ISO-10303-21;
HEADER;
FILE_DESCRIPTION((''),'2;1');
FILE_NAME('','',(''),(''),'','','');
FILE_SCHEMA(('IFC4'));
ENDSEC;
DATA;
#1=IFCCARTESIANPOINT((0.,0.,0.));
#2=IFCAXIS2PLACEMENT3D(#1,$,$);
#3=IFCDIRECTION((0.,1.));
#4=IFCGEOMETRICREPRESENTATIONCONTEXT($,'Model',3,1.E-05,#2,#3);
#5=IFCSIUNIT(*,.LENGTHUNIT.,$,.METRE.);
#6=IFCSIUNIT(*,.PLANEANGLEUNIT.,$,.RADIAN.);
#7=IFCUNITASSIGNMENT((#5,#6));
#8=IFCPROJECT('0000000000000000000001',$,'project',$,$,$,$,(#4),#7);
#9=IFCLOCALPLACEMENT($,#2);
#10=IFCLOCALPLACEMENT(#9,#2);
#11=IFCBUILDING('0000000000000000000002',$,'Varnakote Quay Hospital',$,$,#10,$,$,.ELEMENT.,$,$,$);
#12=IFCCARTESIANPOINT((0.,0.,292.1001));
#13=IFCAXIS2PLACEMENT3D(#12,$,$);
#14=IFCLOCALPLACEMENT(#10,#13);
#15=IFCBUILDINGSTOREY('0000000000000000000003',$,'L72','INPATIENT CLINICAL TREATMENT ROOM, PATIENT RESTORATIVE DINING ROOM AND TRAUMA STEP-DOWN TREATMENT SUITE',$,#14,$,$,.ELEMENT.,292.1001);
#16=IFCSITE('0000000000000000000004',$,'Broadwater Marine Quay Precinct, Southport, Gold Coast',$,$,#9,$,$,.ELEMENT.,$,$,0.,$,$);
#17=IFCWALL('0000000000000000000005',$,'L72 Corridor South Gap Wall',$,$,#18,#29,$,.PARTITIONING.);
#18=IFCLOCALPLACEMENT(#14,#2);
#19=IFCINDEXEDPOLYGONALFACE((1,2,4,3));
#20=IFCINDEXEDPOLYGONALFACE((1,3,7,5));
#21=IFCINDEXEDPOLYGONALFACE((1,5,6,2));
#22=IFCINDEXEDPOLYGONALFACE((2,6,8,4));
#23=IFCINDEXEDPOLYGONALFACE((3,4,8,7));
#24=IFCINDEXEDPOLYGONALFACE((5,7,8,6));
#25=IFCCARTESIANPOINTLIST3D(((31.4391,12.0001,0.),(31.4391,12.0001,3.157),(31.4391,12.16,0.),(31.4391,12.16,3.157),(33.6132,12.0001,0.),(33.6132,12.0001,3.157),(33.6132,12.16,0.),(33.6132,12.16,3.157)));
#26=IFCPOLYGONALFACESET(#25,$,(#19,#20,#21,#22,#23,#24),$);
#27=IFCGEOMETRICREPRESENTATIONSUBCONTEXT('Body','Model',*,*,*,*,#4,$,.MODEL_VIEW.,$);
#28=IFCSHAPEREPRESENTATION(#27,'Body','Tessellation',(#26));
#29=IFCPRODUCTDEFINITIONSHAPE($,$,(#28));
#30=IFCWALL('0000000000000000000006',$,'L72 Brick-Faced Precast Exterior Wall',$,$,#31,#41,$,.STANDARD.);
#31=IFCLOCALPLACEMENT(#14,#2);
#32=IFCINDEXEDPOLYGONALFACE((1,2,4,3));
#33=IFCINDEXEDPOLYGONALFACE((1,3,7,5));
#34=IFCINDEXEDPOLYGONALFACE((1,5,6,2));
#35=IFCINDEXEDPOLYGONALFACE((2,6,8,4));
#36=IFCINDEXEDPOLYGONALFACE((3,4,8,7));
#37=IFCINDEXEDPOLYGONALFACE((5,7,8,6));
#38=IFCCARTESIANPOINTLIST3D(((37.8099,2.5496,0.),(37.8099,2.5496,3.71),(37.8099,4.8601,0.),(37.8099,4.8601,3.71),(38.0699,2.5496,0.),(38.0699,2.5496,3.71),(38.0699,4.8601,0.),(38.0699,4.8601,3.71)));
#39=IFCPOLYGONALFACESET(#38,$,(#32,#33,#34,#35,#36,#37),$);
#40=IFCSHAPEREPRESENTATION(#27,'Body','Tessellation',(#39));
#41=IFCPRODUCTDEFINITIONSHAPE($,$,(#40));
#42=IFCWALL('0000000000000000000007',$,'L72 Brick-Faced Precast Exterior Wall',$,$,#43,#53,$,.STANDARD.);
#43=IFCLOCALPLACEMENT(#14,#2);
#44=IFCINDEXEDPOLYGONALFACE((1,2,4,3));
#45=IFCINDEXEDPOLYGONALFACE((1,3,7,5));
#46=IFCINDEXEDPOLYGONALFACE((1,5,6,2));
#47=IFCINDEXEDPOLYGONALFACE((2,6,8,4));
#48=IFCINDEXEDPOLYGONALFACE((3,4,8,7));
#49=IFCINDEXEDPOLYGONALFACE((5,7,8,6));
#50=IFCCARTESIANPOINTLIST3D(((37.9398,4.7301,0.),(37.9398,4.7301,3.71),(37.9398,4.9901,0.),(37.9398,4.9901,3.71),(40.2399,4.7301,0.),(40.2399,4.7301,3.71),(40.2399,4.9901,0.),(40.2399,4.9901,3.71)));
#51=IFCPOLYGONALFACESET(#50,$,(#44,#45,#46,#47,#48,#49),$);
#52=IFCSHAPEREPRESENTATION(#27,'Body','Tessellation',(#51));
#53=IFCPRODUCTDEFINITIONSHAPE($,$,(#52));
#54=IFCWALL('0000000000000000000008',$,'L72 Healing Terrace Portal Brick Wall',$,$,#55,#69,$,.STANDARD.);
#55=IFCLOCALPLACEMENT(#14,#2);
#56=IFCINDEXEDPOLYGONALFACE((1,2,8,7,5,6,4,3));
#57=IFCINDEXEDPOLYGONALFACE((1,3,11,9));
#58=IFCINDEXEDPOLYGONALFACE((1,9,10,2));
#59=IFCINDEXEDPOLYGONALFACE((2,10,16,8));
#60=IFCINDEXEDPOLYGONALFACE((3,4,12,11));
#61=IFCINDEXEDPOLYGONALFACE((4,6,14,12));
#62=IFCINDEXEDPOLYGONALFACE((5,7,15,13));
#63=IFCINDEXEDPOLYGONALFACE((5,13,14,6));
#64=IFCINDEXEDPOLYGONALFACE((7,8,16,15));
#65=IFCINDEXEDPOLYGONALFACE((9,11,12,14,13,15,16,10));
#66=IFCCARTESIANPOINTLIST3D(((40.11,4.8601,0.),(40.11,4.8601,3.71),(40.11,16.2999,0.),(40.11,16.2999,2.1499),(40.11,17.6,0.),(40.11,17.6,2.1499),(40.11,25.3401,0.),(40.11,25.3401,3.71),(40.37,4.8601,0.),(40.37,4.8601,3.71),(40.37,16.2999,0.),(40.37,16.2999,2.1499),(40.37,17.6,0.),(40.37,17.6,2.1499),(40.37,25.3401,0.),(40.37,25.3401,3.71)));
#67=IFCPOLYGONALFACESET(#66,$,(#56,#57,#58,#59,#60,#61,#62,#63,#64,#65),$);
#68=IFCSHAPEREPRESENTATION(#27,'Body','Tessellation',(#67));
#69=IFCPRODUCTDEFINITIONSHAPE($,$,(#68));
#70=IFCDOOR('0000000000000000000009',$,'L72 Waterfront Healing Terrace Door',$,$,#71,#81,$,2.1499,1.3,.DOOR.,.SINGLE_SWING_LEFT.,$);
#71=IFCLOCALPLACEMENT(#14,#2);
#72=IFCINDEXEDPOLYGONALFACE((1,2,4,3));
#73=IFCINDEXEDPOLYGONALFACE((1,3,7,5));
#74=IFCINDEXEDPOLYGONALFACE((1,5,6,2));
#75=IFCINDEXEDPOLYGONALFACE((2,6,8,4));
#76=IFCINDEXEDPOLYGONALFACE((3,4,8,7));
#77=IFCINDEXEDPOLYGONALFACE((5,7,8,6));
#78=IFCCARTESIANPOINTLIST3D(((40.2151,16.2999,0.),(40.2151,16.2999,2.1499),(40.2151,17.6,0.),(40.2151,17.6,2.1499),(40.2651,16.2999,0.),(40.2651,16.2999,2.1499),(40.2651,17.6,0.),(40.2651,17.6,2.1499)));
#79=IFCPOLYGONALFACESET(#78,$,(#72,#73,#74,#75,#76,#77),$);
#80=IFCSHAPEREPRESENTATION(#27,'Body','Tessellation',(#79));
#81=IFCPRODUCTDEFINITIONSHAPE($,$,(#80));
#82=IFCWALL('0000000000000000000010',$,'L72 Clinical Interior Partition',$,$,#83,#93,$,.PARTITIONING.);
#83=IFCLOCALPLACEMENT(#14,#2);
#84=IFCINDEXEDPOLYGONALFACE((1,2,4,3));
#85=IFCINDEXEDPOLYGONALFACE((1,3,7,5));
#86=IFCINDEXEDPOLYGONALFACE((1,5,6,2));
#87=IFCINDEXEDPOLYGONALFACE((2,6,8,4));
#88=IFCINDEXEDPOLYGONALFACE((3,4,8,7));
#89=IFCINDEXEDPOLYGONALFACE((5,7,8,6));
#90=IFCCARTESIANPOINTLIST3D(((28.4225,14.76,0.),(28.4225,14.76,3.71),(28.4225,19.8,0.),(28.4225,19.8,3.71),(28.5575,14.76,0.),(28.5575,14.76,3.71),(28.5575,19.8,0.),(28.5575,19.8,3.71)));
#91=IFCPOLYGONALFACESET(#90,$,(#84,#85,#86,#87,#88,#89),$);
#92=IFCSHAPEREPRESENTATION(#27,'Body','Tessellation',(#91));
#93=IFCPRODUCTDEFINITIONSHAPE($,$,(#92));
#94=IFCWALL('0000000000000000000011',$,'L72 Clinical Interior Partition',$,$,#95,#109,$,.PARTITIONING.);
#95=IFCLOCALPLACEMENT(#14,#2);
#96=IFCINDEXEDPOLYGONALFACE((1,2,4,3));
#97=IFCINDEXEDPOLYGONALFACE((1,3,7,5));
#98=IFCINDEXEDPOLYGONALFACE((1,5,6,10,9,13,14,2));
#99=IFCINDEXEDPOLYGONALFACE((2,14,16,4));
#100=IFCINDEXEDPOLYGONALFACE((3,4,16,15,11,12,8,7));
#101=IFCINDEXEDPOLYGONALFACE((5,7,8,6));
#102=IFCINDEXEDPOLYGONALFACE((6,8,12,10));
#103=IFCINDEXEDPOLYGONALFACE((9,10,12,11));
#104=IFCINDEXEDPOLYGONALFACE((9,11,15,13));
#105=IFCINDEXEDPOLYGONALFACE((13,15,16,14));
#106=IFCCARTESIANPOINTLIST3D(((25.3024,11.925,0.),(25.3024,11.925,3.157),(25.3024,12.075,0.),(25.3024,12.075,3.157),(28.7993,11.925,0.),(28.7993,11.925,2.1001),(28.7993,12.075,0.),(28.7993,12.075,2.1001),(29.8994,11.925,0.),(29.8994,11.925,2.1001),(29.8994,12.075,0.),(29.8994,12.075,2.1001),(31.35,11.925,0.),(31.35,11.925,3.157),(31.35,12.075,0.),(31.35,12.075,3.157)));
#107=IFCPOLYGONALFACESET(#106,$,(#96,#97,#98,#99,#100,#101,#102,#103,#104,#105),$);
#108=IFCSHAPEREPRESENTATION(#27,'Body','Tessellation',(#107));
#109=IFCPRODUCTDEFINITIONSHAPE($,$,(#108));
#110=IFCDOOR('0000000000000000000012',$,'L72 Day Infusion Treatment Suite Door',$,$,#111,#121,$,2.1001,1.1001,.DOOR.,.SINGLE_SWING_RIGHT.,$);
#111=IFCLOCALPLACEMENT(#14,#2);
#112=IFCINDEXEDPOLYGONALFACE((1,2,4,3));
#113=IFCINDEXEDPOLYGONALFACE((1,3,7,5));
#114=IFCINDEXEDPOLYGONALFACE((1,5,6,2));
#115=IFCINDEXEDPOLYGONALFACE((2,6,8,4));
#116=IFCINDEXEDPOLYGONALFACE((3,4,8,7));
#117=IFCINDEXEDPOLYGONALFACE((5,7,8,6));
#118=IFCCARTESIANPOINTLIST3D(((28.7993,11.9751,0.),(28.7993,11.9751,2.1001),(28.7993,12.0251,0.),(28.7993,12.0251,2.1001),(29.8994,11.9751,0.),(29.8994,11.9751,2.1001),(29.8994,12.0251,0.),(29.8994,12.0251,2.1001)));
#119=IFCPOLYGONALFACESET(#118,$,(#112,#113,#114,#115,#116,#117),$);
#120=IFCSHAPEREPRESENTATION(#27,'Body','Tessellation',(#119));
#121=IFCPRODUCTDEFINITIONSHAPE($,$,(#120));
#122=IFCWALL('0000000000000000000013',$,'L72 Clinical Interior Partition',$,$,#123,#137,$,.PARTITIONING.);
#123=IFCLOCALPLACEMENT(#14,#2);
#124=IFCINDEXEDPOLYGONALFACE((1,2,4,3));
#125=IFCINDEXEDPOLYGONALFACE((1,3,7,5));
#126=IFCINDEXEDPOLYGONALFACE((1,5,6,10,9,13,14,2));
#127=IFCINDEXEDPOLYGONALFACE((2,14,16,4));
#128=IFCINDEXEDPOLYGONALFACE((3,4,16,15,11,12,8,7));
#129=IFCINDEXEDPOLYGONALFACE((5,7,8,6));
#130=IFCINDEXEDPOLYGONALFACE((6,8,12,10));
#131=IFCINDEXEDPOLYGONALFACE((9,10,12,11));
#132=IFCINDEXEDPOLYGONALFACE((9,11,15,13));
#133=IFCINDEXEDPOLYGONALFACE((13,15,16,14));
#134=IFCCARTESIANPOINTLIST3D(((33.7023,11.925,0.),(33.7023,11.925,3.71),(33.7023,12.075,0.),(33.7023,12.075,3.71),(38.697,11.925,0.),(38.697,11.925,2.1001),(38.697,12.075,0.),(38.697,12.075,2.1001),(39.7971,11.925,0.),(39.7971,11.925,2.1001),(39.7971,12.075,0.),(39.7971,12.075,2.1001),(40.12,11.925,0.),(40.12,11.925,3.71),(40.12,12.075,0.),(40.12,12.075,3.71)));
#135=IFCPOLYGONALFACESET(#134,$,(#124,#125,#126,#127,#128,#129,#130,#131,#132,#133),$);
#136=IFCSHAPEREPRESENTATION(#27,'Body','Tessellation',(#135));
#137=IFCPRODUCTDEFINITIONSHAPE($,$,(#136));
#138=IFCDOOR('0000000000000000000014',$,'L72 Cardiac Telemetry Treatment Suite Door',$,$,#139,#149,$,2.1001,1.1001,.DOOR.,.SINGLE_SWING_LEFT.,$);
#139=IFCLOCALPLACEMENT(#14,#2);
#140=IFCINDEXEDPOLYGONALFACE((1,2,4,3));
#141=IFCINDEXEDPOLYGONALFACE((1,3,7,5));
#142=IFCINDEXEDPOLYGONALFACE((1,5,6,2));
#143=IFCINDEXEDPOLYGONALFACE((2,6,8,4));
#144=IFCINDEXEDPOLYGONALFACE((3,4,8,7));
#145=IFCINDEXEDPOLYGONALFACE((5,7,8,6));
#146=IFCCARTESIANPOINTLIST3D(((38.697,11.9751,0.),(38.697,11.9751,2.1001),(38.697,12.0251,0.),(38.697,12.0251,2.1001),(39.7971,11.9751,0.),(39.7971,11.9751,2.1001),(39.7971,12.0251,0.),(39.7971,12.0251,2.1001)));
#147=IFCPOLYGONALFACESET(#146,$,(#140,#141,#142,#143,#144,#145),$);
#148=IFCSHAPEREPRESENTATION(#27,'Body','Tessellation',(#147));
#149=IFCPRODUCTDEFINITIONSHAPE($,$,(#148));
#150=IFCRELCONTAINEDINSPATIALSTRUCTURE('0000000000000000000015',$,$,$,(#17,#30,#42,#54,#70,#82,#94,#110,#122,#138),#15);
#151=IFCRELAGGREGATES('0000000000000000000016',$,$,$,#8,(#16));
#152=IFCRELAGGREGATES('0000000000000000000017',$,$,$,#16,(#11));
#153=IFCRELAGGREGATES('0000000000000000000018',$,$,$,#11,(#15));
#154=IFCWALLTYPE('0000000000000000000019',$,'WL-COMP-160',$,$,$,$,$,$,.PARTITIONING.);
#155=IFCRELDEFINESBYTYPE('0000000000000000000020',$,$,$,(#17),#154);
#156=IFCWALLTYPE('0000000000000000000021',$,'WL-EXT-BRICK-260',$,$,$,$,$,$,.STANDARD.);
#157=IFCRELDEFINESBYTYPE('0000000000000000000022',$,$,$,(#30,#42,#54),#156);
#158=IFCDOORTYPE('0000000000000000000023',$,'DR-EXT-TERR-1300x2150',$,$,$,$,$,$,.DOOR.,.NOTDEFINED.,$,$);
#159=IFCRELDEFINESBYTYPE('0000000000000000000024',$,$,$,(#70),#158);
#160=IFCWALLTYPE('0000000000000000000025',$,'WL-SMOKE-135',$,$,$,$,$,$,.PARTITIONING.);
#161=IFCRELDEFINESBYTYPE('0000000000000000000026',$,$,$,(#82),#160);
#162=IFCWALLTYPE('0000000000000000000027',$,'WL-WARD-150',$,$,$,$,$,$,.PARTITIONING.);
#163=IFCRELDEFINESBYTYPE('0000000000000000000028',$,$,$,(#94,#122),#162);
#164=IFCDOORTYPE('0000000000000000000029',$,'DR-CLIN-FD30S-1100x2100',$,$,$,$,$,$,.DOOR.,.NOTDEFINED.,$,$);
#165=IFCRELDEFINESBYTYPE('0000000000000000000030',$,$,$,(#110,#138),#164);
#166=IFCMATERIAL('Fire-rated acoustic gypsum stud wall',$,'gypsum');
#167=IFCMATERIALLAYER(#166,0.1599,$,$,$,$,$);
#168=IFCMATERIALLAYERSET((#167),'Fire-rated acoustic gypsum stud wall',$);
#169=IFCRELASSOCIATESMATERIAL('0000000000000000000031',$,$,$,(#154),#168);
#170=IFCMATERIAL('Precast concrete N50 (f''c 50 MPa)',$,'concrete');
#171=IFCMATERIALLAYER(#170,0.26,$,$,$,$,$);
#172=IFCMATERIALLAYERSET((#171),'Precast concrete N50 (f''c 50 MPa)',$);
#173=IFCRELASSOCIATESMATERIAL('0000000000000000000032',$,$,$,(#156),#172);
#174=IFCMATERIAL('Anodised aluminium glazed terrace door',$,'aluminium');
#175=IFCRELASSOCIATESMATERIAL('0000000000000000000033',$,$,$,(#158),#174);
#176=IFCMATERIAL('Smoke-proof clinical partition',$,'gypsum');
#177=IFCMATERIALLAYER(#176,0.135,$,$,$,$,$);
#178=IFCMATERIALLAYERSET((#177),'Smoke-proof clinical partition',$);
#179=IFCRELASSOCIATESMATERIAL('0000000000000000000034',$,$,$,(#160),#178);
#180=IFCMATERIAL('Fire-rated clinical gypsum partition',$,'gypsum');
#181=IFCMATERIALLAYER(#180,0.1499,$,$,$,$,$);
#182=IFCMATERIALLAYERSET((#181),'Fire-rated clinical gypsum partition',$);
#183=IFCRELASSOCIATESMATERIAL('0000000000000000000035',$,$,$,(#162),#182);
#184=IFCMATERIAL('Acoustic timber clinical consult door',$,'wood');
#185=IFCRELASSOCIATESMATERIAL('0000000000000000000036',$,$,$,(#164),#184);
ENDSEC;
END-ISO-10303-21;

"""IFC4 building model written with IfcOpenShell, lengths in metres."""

from ifc_helpers import new_model, si_unit, direction, frame, frame_2d, origin, place, context, subcontext, project, spatial, rectangle, extrude, material, layer, layer_set, type_object, element, fill, save


model = new_model("IFC4")

# Units and contexts
model_context = context("Model", 3, precision=1e-05, world=origin(), true_north=direction((0.0, 1.0)))
body_context = subcontext(model_context, "Body", "Model", "MODEL_VIEW")
ifc_project = project(units=[si_unit("LENGTHUNIT", "METRE"), si_unit("PLANEANGLEUNIT", "RADIAN")], contexts=[model_context])

# Site, building, storey
site_placement = place(None, origin())
site = spatial("IfcSite", under=ifc_project, at=site_placement, Name="Broadwater Marine Quay Precinct, Southport, Gold Coast", CompositionType="ELEMENT", RefElevation=0.0)
building_placement = place(site_placement, origin())
building = spatial("IfcBuilding", under=site, at=building_placement, Name="Varnakote Quay Hospital", CompositionType="ELEMENT")
storey_placement = place(building_placement, frame((0.0, 0.0, 292.1001)))
storey = spatial("IfcBuildingStorey", under=building, at=storey_placement, Name="L72", Description="INPATIENT CLINICAL TREATMENT ROOM, PATIENT RESTORATIVE DINING ROOM AND TRAUMA STEP-DOWN TREATMENT SUITE", CompositionType="ELEMENT", Elevation=292.1001)

# Walls
ifc_material_1 = material(Name="Fire-rated acoustic gypsum stud wall", Category="gypsum")
ifc_layer_1 = layer(ifc_material_1, 0.1599)
ifc_layer_set_1 = layer_set([ifc_layer_1], Name="Fire-rated acoustic gypsum stud wall")
wall_type_1 = type_object("IfcWallType", Name="WL-COMP-160", PredefinedType="PARTITIONING", material=ifc_layer_set_1)
wall_1_placement = place(storey_placement, frame((31.4392, 12.0801, 0.0), z_axis=(0.0, 0.0, 1.0), x_axis=(1.0, 0.0, 0.0)))
element("IfcWall", 1, at=wall_1_placement, inside=storey, type_object=wall_type_1, Name="L72 Corridor South Gap Wall", PredefinedType="PARTITIONING", context=body_context, shape_type="SweptSolid", body=[
    extrude(rectangle(XDim=2.1741, YDim=0.1599, at=frame_2d((1.0869, 0.0))), origin(), (0.0, 0.0, 1.0), 3.157),
])
ifc_material_2 = material(Name="Precast concrete N50 (f'c 50 MPa)", Category="concrete")
ifc_layer_2 = layer(ifc_material_2, 0.26)
ifc_layer_set_2 = layer_set([ifc_layer_2], Name="Precast concrete N50 (f'c 50 MPa)")
wall_type_2 = type_object("IfcWallType", Name="WL-EXT-BRICK-260", PredefinedType="STANDARD", material=ifc_layer_set_2)
wall_2_placement = place(storey_placement, frame((37.9399, 2.5496, 0.0), z_axis=(0.0, 0.0, 1.0), x_axis=(0.0, 1.0, 0.0)))
element("IfcWall", 2, at=wall_2_placement, inside=storey, type_object=wall_type_2, Name="L72 Brick-Faced Precast Exterior Wall", PredefinedType="STANDARD", context=body_context, shape_type="SweptSolid", body=[
    extrude(rectangle(XDim=2.3105, YDim=0.26, at=frame_2d((1.1553, 0.0))), origin(), (0.0, 0.0, 1.0), 3.71),
])
wall_3_placement = place(storey_placement, frame((37.9399, 4.8601, 0.0), z_axis=(0.0, 0.0, 1.0), x_axis=(1.0, 0.0, 0.0)))
element("IfcWall", 3, at=wall_3_placement, inside=storey, type_object=wall_type_2, Name="L72 Brick-Faced Precast Exterior Wall", PredefinedType="STANDARD", context=body_context, shape_type="SweptSolid", body=[
    extrude(rectangle(XDim=2.3, YDim=0.26, at=frame_2d((1.1499, 0.0))), origin(), (0.0, 0.0, 1.0), 3.71),
])

# Wall, opening, door
wall_4_placement = place(storey_placement, frame((40.24, 4.8601, 0.0), z_axis=(0.0, 0.0, 1.0), x_axis=(0.0, 1.0, 0.0)))
wall_4 = element("IfcWall", 4, at=wall_4_placement, inside=storey, type_object=wall_type_2, Name="L72 Healing Terrace Portal Brick Wall", PredefinedType="STANDARD", context=body_context, shape_type="SweptSolid", body=[
    extrude(rectangle(XDim=20.48, YDim=0.26, at=frame_2d((10.24, 0.0))), origin(), (0.0, 0.0, 1.0), 3.71),
])
opening_1_placement = place(wall_4_placement, frame((11.4399, 0.0, 0.0)))
opening_1 = element("IfcOpeningElement", 5, at=opening_1_placement, cuts=wall_4, PredefinedType="OPENING", context=body_context, shape_type="SweptSolid", body=[
    extrude(rectangle(XDim=1.3, YDim=2.1499, at=frame_2d((0.6499, 1.075))), frame((0.0, 0.1399, 0.0), z_axis=(0.0, -1.0, 0.0), x_axis=(1.0, 0.0, 0.0)), (0.0, 0.0, 1.0), 0.28),
])
ifc_material_3 = material(Name="Anodised aluminium glazed terrace door", Category="aluminium")
door_type_1 = type_object("IfcDoorType", Name="DR-EXT-TERR-1300x2150", OperationType="NOTDEFINED", PredefinedType="DOOR", material=ifc_material_3)
door_1_placement = place(opening_1_placement, origin())
door_1 = element("IfcDoor", 6, at=door_1_placement, inside=storey, type_object=door_type_1, Name="L72 Waterfront Healing Terrace Door", OperationType="SINGLE_SWING_LEFT", OverallHeight=2.1499, OverallWidth=1.3, PredefinedType="DOOR", context=body_context, shape_type="SweptSolid", body=[
    extrude(rectangle(XDim=1.3, YDim=2.1499, at=frame_2d((0.6499, 1.075))), frame((0.0, 0.0249, 0.0), z_axis=(0.0, -1.0, 0.0), x_axis=(1.0, 0.0, 0.0)), (0.0, 0.0, 1.0), 0.05),
])
fill(opening_1, door_1)

# Wall
ifc_material_4 = material(Name="Smoke-proof clinical partition", Category="gypsum")
ifc_layer_3 = layer(ifc_material_4, 0.135)
ifc_layer_set_3 = layer_set([ifc_layer_3], Name="Smoke-proof clinical partition")
wall_type_3 = type_object("IfcWallType", Name="WL-SMOKE-135", PredefinedType="PARTITIONING", material=ifc_layer_set_3)
wall_5_placement = place(storey_placement, frame((28.49, 14.76, 0.0), z_axis=(0.0, 0.0, 1.0), x_axis=(0.0, 1.0, 0.0)))
element("IfcWall", 7, at=wall_5_placement, inside=storey, type_object=wall_type_3, Name="L72 Clinical Interior Partition", PredefinedType="PARTITIONING", context=body_context, shape_type="SweptSolid", body=[
    extrude(rectangle(XDim=5.04, YDim=0.135, at=frame_2d((2.52, 0.0))), origin(), (0.0, 0.0, 1.0), 3.71),
])

# Walls, openings, doors
ifc_material_5 = material(Name="Fire-rated clinical gypsum partition", Category="gypsum")
ifc_layer_4 = layer(ifc_material_5, 0.1499)
ifc_layer_set_4 = layer_set([ifc_layer_4], Name="Fire-rated clinical gypsum partition")
wall_type_4 = type_object("IfcWallType", Name="WL-WARD-150", PredefinedType="PARTITIONING", material=ifc_layer_set_4)
wall_6_placement = place(storey_placement, frame((31.3501, 12.0, 0.0), z_axis=(0.0, 0.0, 1.0), x_axis=(-1.0, 0.0, 0.0)))
wall_6 = element("IfcWall", 8, at=wall_6_placement, inside=storey, type_object=wall_type_4, Name="L72 Clinical Interior Partition", PredefinedType="PARTITIONING", context=body_context, shape_type="SweptSolid", body=[
    extrude(rectangle(XDim=6.0476, YDim=0.1499, at=frame_2d((3.0239, 0.0))), origin(), (0.0, 0.0, 1.0), 3.157),
])
opening_2_placement = place(wall_6_placement, frame((1.4507, 0.0, 0.0)))
opening_2 = element("IfcOpeningElement", 9, at=opening_2_placement, cuts=wall_6, PredefinedType="OPENING", context=body_context, shape_type="SweptSolid", body=[
    extrude(rectangle(XDim=1.1001, YDim=2.1001, at=frame_2d((0.55, 1.05))), frame((0.0, 0.085, 0.0), z_axis=(0.0, -1.0, 0.0), x_axis=(1.0, 0.0, 0.0)), (0.0, 0.0, 1.0), 0.1699),
])
ifc_material_6 = material(Name="Acoustic timber clinical consult door", Category="wood")
door_type_2 = type_object("IfcDoorType", Name="DR-CLIN-FD30S-1100x2100", OperationType="NOTDEFINED", PredefinedType="DOOR", material=ifc_material_6)
door_2_placement = place(opening_2_placement, origin())
door_2 = element("IfcDoor", 10, at=door_2_placement, inside=storey, type_object=door_type_2, Name="L72 Day Infusion Treatment Suite Door", OperationType="SINGLE_SWING_RIGHT", OverallHeight=2.1001, OverallWidth=1.1001, PredefinedType="DOOR", context=body_context, shape_type="SweptSolid", body=[
    extrude(rectangle(XDim=1.1001, YDim=2.1001, at=frame_2d((0.55, 1.05))), frame((0.0, 0.0249, 0.0), z_axis=(0.0, -1.0, 0.0), x_axis=(1.0, 0.0, 0.0)), (0.0, 0.0, 1.0), 0.05),
])
fill(opening_2, door_2)
wall_7_placement = place(storey_placement, frame((40.1201, 12.0, 0.0), z_axis=(0.0, 0.0, 1.0), x_axis=(-1.0, 0.0, 0.0)))
wall_7 = element("IfcWall", 11, at=wall_7_placement, inside=storey, type_object=wall_type_4, Name="L72 Clinical Interior Partition", PredefinedType="PARTITIONING", context=body_context, shape_type="SweptSolid", body=[
    extrude(rectangle(XDim=6.4177, YDim=0.1499, at=frame_2d((3.209, 0.0))), origin(), (0.0, 0.0, 1.0), 3.71),
])
opening_3_placement = place(wall_7_placement, frame((0.323, 0.0, 0.0)))
opening_3 = element("IfcOpeningElement", 12, at=opening_3_placement, cuts=wall_7, PredefinedType="OPENING", context=body_context, shape_type="SweptSolid", body=[
    extrude(rectangle(XDim=1.1001, YDim=2.1001, at=frame_2d((0.55, 1.05))), frame((0.0, 0.085, 0.0), z_axis=(0.0, -1.0, 0.0), x_axis=(1.0, 0.0, 0.0)), (0.0, 0.0, 1.0), 0.1699),
])
door_3_placement = place(opening_3_placement, origin())
door_3 = element("IfcDoor", 13, at=door_3_placement, inside=storey, type_object=door_type_2, Name="L72 Cardiac Telemetry Treatment Suite Door", OperationType="SINGLE_SWING_LEFT", OverallHeight=2.1001, OverallWidth=1.1001, PredefinedType="DOOR", context=body_context, shape_type="SweptSolid", body=[
    extrude(rectangle(XDim=1.1001, YDim=2.1001, at=frame_2d((0.55, 1.05))), frame((0.0, 0.0249, 0.0), z_axis=(0.0, -1.0, 0.0), x_axis=(1.0, 0.0, 0.0)), (0.0, 0.0, 1.0), 0.05),
])
fill(opening_3, door_3)

save(model, "model.ifc")
